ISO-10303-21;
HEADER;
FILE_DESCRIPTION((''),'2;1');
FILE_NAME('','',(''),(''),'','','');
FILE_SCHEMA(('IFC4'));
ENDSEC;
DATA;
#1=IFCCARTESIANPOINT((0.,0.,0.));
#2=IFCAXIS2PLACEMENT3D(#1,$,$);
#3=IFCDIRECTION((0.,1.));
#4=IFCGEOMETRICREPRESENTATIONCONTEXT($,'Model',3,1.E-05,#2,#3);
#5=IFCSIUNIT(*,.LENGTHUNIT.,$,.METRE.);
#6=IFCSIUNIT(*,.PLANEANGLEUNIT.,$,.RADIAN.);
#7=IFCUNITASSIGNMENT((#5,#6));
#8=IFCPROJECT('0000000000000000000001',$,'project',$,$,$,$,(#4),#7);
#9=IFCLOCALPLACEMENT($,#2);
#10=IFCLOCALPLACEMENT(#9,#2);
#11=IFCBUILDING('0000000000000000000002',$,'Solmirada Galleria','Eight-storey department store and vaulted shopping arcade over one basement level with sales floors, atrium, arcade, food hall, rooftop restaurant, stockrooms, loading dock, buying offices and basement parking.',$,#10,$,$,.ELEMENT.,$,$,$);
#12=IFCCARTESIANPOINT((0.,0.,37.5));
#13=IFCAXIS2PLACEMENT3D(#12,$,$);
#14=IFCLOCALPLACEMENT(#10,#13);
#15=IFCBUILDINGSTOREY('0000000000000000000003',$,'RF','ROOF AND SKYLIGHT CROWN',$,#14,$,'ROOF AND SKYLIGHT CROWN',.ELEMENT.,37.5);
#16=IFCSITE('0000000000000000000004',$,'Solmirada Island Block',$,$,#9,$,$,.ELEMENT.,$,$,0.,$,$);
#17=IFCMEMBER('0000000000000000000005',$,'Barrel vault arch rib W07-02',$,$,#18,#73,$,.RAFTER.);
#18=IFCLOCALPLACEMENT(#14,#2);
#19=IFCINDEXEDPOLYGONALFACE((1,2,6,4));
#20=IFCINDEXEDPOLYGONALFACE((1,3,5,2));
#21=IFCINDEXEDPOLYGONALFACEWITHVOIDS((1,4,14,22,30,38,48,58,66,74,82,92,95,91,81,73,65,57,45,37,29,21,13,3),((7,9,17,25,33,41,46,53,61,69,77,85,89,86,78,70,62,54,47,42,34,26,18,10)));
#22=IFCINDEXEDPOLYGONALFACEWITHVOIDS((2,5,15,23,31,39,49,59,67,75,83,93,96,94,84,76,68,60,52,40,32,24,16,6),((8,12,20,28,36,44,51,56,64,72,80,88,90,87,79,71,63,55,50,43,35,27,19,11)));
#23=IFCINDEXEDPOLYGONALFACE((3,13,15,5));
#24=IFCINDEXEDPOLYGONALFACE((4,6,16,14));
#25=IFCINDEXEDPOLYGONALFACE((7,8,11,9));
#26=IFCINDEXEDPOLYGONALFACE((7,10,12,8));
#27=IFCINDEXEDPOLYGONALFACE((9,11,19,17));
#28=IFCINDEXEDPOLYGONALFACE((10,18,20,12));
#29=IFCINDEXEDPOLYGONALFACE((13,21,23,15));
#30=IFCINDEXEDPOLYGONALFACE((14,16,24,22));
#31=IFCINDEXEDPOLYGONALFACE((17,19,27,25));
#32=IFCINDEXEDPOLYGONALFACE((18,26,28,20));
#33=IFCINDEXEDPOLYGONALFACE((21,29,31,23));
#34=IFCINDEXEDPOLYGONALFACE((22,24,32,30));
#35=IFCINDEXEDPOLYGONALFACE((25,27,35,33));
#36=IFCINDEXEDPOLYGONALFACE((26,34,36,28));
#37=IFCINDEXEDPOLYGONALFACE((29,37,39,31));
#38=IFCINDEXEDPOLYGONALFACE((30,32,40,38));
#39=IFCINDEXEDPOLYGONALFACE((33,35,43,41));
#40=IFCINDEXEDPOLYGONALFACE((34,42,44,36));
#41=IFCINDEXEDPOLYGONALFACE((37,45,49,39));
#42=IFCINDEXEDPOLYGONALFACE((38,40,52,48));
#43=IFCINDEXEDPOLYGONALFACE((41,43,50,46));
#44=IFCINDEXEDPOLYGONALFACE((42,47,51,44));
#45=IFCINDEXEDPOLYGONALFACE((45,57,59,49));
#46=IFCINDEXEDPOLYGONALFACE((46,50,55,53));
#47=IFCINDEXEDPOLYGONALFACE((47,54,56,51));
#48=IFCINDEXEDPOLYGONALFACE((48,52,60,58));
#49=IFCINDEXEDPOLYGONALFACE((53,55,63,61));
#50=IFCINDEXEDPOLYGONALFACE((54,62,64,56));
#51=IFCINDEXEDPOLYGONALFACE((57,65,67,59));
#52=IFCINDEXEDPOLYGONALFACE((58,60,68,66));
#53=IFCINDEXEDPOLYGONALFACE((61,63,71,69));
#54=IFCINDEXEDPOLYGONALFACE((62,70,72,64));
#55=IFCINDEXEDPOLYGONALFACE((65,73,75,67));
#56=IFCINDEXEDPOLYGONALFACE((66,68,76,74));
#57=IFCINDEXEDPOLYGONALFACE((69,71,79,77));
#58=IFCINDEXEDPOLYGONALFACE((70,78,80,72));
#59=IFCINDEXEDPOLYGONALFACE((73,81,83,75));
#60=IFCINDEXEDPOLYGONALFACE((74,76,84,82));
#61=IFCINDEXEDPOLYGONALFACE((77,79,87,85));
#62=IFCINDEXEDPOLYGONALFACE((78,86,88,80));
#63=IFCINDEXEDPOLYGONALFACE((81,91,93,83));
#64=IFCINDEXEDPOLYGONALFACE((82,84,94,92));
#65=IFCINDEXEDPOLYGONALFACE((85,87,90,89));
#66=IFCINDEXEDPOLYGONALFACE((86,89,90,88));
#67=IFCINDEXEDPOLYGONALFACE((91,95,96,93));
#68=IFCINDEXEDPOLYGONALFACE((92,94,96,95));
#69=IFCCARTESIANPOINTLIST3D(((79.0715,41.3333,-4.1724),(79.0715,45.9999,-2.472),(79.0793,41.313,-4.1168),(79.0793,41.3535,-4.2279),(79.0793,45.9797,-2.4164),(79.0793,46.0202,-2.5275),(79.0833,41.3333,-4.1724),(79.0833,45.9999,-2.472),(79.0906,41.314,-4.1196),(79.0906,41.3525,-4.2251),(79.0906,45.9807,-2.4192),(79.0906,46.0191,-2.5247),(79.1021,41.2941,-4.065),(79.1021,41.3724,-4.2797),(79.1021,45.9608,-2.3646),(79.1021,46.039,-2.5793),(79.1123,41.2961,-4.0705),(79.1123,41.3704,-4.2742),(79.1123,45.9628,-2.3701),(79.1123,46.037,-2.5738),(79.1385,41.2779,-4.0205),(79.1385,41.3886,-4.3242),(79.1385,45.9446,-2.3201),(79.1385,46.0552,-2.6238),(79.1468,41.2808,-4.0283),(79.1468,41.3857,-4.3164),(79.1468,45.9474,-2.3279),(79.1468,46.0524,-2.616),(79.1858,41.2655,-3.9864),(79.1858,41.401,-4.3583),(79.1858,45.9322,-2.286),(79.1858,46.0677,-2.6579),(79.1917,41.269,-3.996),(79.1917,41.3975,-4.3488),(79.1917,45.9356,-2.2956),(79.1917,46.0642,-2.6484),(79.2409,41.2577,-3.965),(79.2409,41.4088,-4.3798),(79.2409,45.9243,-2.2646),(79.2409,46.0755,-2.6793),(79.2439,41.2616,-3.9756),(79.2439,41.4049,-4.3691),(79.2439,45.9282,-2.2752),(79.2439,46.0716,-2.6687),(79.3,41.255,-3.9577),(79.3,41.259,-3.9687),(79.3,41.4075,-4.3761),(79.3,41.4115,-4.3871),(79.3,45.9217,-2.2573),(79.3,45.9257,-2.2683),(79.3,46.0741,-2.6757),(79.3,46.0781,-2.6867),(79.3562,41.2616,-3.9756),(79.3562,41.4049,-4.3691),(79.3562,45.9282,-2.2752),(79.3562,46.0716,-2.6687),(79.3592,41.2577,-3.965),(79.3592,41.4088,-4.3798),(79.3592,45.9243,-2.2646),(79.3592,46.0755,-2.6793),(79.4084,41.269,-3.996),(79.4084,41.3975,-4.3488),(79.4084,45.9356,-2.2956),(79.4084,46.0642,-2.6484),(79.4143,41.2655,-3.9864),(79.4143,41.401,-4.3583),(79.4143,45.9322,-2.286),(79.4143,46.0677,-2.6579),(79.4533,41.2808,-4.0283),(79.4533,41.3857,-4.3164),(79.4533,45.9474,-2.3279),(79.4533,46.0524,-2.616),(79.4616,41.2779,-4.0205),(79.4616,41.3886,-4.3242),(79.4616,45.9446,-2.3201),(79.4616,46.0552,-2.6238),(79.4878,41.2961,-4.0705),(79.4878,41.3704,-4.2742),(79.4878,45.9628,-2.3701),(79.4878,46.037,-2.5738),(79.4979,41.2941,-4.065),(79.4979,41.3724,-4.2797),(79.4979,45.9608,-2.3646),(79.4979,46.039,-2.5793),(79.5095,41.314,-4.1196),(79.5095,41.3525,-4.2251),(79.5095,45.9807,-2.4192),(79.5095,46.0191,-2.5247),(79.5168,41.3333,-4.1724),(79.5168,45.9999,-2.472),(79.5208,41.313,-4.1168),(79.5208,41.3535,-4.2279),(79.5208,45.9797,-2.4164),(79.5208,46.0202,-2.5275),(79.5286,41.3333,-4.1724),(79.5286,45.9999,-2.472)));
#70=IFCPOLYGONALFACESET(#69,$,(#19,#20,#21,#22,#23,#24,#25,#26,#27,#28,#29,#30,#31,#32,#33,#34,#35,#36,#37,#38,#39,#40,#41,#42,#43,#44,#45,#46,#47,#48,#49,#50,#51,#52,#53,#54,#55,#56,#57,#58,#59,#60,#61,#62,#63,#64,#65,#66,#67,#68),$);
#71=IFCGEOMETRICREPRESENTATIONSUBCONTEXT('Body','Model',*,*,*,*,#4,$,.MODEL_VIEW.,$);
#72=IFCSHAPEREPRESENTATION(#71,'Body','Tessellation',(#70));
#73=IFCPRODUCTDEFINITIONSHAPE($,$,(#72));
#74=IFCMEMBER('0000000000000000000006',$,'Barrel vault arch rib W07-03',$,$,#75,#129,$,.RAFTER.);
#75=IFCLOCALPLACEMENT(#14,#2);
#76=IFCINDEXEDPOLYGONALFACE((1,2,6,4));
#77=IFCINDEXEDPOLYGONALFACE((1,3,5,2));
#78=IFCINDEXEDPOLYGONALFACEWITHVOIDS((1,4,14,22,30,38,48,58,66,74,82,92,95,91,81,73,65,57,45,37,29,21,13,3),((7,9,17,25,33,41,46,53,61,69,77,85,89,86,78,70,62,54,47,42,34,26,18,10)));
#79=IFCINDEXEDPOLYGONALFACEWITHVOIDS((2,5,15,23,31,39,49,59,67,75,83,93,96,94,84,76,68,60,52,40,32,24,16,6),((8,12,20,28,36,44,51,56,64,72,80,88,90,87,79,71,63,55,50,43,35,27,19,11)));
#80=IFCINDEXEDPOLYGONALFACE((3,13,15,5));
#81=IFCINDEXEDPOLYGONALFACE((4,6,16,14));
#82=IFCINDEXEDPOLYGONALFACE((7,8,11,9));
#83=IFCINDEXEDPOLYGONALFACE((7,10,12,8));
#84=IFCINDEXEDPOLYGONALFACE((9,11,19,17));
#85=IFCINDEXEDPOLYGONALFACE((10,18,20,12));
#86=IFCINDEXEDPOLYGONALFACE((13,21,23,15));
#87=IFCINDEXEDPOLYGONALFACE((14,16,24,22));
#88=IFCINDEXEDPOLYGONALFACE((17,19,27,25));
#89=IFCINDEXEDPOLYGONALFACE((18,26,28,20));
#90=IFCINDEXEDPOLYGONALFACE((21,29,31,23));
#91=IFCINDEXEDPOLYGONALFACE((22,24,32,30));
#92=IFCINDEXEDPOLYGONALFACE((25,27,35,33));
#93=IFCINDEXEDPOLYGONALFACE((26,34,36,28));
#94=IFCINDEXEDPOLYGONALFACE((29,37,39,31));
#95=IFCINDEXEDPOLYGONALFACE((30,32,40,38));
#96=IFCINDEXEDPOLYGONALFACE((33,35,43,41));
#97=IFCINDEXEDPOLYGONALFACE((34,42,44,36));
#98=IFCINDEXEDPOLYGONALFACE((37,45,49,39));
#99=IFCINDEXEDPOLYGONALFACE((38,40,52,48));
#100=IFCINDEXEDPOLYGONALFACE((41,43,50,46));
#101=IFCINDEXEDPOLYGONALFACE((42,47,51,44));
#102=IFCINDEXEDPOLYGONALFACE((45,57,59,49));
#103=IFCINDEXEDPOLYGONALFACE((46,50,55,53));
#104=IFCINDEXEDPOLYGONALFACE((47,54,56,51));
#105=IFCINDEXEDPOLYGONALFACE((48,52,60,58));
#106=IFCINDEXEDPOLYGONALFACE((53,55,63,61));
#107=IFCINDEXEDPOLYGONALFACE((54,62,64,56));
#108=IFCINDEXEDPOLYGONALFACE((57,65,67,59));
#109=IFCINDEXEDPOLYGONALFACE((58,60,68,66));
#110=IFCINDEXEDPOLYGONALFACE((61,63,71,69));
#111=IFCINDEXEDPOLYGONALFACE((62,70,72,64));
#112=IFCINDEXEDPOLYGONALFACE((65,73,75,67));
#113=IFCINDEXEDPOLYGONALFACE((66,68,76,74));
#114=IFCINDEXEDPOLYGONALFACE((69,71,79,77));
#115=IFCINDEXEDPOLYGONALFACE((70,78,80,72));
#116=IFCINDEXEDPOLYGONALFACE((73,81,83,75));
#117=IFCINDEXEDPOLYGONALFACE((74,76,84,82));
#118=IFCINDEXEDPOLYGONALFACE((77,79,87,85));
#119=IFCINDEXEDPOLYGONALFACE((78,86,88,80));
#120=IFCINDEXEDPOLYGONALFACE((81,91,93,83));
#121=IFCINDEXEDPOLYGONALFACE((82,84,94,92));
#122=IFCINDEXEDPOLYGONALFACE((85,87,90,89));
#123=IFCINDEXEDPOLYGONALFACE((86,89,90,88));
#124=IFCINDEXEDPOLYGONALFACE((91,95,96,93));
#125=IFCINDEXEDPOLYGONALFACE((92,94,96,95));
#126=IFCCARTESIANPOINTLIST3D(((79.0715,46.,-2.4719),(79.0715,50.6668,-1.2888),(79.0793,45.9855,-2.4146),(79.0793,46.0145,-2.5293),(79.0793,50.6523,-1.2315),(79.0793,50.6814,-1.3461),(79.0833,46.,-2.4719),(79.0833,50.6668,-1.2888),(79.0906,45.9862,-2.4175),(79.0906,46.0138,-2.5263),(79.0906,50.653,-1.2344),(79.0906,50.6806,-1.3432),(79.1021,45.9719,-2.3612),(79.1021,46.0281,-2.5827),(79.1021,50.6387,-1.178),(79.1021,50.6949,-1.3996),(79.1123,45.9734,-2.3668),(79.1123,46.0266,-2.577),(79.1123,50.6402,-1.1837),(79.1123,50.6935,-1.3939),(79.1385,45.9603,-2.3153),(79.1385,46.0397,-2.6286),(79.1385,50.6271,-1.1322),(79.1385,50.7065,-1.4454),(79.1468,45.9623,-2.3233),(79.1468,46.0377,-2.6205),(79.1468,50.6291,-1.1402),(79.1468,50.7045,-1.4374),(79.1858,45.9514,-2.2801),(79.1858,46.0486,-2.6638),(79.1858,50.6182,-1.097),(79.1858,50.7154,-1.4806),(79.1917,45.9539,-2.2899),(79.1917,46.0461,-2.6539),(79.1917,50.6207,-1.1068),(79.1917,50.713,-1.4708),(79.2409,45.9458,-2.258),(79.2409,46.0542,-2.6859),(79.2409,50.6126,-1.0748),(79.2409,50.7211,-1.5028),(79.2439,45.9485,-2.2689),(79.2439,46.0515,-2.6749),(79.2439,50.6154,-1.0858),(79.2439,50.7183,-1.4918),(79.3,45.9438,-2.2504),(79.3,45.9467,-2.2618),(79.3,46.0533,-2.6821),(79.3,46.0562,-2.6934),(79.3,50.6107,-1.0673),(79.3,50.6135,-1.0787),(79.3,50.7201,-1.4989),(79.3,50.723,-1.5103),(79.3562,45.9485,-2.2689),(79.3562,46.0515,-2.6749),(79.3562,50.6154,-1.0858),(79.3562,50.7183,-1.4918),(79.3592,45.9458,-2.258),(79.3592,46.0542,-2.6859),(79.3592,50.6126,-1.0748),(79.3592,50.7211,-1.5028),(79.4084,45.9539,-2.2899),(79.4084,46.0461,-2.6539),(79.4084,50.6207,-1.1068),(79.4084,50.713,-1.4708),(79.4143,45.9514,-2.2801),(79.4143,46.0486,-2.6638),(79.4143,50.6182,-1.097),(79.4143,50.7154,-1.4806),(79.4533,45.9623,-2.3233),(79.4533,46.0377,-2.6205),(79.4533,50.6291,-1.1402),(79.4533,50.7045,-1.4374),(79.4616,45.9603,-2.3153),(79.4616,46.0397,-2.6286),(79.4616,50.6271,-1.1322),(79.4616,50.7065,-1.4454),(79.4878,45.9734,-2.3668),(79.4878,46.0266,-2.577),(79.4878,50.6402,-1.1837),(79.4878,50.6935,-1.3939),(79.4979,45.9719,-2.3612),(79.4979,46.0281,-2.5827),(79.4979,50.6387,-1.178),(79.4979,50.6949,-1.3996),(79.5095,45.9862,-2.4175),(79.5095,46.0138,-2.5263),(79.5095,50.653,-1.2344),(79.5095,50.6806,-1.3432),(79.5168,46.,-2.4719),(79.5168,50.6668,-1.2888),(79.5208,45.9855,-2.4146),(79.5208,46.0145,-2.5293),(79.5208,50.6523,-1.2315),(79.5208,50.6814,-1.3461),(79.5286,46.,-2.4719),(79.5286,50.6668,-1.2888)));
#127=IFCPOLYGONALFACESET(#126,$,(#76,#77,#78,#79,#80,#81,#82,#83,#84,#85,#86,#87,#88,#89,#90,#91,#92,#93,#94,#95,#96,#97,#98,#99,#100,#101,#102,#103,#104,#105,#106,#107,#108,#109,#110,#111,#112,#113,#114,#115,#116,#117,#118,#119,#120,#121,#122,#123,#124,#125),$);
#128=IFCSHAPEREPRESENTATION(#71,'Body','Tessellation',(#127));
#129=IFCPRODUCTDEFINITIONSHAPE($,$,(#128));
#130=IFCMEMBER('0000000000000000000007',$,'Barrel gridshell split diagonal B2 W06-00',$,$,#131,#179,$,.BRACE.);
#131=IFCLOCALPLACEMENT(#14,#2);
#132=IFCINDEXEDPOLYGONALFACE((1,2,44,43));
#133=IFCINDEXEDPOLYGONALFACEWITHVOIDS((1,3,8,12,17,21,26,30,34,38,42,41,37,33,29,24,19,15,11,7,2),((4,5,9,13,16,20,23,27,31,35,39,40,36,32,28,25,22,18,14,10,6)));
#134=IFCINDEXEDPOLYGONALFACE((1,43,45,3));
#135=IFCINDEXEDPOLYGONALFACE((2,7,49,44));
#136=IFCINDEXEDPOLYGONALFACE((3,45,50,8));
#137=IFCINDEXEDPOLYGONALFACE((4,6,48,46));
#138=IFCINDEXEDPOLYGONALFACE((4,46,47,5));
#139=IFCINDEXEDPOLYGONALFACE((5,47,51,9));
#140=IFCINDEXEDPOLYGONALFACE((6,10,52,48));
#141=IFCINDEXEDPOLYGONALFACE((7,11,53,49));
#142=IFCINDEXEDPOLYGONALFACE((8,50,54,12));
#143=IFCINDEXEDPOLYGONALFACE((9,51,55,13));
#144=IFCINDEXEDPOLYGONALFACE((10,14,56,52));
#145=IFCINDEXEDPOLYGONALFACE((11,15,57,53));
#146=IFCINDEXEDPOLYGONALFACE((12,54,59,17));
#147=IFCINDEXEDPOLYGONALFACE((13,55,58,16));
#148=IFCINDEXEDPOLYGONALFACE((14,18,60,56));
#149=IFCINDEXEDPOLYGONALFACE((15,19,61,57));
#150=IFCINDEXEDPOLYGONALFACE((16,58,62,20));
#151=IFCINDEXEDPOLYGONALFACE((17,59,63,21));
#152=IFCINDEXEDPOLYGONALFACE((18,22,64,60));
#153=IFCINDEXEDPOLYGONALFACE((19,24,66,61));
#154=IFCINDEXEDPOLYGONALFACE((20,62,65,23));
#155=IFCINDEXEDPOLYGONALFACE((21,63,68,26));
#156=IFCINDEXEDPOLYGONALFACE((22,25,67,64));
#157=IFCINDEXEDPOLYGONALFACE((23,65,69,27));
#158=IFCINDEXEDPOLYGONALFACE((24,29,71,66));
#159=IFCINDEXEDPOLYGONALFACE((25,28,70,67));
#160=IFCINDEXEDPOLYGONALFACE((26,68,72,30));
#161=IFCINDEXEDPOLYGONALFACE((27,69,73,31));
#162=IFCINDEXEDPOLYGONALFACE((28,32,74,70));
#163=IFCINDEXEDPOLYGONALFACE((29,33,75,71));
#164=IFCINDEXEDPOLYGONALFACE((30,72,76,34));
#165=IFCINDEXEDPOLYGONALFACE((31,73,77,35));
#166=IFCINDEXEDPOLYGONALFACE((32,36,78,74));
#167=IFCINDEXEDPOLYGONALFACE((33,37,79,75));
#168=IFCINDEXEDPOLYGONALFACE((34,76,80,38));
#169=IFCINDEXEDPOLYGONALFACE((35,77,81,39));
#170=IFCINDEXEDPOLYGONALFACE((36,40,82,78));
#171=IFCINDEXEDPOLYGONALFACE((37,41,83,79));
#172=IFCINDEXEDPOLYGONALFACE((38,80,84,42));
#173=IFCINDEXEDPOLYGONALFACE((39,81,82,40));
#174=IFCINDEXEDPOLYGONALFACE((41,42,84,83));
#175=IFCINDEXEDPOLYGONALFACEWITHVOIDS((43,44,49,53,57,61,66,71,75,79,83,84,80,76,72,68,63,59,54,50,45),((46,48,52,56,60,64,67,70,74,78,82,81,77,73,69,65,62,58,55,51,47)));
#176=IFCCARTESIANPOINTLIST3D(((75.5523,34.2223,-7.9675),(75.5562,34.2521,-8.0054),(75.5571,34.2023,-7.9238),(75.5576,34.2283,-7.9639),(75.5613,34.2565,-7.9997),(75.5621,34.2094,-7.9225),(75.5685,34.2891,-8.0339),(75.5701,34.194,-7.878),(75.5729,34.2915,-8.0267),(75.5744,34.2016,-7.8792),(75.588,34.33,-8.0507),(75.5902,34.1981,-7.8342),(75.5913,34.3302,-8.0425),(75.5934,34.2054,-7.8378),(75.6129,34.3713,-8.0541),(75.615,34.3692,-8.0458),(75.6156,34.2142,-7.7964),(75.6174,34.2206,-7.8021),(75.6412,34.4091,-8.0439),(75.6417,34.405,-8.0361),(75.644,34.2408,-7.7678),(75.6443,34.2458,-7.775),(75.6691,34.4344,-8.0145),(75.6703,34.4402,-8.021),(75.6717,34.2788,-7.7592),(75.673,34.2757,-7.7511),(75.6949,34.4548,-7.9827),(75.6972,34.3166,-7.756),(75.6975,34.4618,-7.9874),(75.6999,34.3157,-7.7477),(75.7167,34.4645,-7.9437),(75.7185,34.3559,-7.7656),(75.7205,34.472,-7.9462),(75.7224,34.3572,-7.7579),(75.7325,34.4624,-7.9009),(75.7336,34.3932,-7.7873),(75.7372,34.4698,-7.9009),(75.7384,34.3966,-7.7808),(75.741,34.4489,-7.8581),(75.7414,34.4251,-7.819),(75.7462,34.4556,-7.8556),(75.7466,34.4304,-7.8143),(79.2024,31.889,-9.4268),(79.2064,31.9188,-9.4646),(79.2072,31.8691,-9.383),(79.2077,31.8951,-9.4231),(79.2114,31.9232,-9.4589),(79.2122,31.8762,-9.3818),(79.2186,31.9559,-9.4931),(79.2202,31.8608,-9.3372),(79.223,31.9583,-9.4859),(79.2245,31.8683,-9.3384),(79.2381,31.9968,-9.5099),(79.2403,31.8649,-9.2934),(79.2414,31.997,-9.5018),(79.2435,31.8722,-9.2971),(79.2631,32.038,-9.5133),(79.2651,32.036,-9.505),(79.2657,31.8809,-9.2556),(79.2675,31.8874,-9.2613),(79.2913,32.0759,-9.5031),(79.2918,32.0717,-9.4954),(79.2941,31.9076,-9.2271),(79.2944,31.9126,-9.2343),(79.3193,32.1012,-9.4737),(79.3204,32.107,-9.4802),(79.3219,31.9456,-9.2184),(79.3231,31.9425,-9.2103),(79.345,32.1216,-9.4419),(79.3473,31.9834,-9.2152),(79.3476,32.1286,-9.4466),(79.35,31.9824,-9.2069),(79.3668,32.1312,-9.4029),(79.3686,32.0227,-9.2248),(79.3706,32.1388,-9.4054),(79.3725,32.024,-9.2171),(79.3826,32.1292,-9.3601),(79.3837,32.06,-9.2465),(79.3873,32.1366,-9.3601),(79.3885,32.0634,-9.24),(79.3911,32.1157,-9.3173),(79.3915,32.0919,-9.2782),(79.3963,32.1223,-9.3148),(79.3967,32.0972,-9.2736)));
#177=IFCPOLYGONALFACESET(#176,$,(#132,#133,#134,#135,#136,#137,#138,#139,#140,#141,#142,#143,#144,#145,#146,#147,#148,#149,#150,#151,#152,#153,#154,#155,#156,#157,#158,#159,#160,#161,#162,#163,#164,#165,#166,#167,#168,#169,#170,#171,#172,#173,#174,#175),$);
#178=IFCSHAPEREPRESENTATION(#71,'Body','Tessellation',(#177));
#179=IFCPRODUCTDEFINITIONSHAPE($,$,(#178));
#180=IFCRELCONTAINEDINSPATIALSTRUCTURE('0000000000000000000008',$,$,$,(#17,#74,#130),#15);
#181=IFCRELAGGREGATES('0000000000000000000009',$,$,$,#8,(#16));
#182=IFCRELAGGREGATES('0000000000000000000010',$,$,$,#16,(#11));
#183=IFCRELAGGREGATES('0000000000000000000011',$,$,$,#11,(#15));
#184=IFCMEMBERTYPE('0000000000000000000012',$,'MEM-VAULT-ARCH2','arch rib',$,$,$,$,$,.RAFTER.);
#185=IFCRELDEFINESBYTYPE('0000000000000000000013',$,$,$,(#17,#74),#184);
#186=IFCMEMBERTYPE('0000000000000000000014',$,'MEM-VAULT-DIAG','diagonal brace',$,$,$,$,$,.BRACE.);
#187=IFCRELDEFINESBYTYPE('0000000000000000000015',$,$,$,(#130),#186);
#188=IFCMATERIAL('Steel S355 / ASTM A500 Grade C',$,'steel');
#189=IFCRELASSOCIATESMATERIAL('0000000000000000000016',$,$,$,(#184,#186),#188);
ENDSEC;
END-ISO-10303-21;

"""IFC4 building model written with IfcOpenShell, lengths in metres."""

from ifc_helpers import new_model, si_unit, direction, frame, origin, origin_2d, place, context, subcontext, project, spatial, hollow_circle, extrude, material, material_profile, profile_set, type_object, element, save


model = new_model("IFC4")

# Units and contexts
model_context = context("Model", 3, precision=1e-05, world=origin(), true_north=direction((0.0, 1.0)))
body_context = subcontext(model_context, "Body", "Model", "MODEL_VIEW")
ifc_project = project(units=[si_unit("LENGTHUNIT", "METRE"), si_unit("PLANEANGLEUNIT", "RADIAN")], contexts=[model_context])

# Site, building, storey
site_placement = place(None, origin())
site = spatial("IfcSite", under=ifc_project, at=site_placement, Name="Solmirada Island Block", CompositionType="ELEMENT", RefElevation=0.0)
building_placement = place(site_placement, origin())
building = spatial("IfcBuilding", under=site, at=building_placement, Name="Solmirada Galleria", Description="Eight-storey department store and vaulted shopping arcade over one basement level with sales floors, atrium, arcade, food hall, rooftop restaurant, stockrooms, loading dock, buying offices and basement parking.", CompositionType="ELEMENT")
storey_placement = place(building_placement, frame((0.0, 0.0, 37.5)))
storey = spatial("IfcBuildingStorey", under=building, at=storey_placement, Name="RF", Description="ROOF AND SKYLIGHT CROWN", LongName="ROOF AND SKYLIGHT CROWN", CompositionType="ELEMENT", Elevation=37.5)

# Members
ifc_material_1 = material(Name="Steel S355 / ASTM A500 Grade C", Category="steel")
ifc_material_profile_1 = material_profile(ifc_material_1, hollow_circle(Radius=0.2285, WallThickness=0.0117, at=origin_2d()), Name="HSS18.000X0.500")
ifc_profile_set_1 = profile_set([ifc_material_profile_1], Name="Steel S355 / ASTM A500 Grade C")
member_type_1 = type_object("IfcMemberType", Name="MEM-VAULT-ARCH2", Description="arch rib", PredefinedType="RAFTER", material=ifc_profile_set_1)
member_1_placement = place(storey_placement, frame((79.3, 41.3333, -4.1724), z_axis=(0.0, 0.939571, 0.342355), x_axis=(-1.0, 0.0, 0.0)))
element("IfcMember", 1, at=member_1_placement, inside=storey, type_object=member_type_1, Name="Barrel vault arch rib W07-02", PredefinedType="RAFTER", context=body_context, shape_type="SweptSolid", body=[
    extrude(hollow_circle(Radius=0.2285, WallThickness=0.0117, at=origin_2d()), origin(), (0.0, 0.0, 1.0), 4.9668),
])
member_2_placement = place(storey_placement, frame((79.3, 46.0, -2.4719), z_axis=(0.0, 0.969335, 0.245744), x_axis=(-1.0, 0.0, 0.0)))
element("IfcMember", 2, at=member_2_placement, inside=storey, type_object=member_type_1, Name="Barrel vault arch rib W07-03", PredefinedType="RAFTER", context=body_context, shape_type="SweptSolid", body=[
    extrude(hollow_circle(Radius=0.2285, WallThickness=0.0117, at=origin_2d()), origin(), (0.0, 0.0, 1.0), 4.8145),
])
ifc_material_profile_2 = material_profile(ifc_material_1, hollow_circle(Radius=0.1621, WallThickness=0.0088, at=origin_2d()), Name="HSS12.750X0.375")
ifc_profile_set_2 = profile_set([ifc_material_profile_2], Name="Steel S355 / ASTM A500 Grade C")
member_type_2 = type_object("IfcMemberType", Name="MEM-VAULT-DIAG", Description="diagonal brace", PredefinedType="BRACE", material=ifc_profile_set_2)
member_3_placement = place(storey_placement, frame((75.6499, 34.3333, -7.9009), z_axis=(0.798488, -0.510411, -0.319214), x_axis=(0.538588, 0.842569, 0.0)))
element("IfcMember", 3, at=member_3_placement, inside=storey, type_object=member_type_2, Name="Barrel gridshell split diagonal B2 W06-00", PredefinedType="BRACE", context=body_context, shape_type="SweptSolid", body=[
    extrude(hollow_circle(Radius=0.1621, WallThickness=0.0088, at=origin_2d()), origin(), (0.0, 0.0, 1.0), 4.5713),
])

save(model, "model.ifc")
